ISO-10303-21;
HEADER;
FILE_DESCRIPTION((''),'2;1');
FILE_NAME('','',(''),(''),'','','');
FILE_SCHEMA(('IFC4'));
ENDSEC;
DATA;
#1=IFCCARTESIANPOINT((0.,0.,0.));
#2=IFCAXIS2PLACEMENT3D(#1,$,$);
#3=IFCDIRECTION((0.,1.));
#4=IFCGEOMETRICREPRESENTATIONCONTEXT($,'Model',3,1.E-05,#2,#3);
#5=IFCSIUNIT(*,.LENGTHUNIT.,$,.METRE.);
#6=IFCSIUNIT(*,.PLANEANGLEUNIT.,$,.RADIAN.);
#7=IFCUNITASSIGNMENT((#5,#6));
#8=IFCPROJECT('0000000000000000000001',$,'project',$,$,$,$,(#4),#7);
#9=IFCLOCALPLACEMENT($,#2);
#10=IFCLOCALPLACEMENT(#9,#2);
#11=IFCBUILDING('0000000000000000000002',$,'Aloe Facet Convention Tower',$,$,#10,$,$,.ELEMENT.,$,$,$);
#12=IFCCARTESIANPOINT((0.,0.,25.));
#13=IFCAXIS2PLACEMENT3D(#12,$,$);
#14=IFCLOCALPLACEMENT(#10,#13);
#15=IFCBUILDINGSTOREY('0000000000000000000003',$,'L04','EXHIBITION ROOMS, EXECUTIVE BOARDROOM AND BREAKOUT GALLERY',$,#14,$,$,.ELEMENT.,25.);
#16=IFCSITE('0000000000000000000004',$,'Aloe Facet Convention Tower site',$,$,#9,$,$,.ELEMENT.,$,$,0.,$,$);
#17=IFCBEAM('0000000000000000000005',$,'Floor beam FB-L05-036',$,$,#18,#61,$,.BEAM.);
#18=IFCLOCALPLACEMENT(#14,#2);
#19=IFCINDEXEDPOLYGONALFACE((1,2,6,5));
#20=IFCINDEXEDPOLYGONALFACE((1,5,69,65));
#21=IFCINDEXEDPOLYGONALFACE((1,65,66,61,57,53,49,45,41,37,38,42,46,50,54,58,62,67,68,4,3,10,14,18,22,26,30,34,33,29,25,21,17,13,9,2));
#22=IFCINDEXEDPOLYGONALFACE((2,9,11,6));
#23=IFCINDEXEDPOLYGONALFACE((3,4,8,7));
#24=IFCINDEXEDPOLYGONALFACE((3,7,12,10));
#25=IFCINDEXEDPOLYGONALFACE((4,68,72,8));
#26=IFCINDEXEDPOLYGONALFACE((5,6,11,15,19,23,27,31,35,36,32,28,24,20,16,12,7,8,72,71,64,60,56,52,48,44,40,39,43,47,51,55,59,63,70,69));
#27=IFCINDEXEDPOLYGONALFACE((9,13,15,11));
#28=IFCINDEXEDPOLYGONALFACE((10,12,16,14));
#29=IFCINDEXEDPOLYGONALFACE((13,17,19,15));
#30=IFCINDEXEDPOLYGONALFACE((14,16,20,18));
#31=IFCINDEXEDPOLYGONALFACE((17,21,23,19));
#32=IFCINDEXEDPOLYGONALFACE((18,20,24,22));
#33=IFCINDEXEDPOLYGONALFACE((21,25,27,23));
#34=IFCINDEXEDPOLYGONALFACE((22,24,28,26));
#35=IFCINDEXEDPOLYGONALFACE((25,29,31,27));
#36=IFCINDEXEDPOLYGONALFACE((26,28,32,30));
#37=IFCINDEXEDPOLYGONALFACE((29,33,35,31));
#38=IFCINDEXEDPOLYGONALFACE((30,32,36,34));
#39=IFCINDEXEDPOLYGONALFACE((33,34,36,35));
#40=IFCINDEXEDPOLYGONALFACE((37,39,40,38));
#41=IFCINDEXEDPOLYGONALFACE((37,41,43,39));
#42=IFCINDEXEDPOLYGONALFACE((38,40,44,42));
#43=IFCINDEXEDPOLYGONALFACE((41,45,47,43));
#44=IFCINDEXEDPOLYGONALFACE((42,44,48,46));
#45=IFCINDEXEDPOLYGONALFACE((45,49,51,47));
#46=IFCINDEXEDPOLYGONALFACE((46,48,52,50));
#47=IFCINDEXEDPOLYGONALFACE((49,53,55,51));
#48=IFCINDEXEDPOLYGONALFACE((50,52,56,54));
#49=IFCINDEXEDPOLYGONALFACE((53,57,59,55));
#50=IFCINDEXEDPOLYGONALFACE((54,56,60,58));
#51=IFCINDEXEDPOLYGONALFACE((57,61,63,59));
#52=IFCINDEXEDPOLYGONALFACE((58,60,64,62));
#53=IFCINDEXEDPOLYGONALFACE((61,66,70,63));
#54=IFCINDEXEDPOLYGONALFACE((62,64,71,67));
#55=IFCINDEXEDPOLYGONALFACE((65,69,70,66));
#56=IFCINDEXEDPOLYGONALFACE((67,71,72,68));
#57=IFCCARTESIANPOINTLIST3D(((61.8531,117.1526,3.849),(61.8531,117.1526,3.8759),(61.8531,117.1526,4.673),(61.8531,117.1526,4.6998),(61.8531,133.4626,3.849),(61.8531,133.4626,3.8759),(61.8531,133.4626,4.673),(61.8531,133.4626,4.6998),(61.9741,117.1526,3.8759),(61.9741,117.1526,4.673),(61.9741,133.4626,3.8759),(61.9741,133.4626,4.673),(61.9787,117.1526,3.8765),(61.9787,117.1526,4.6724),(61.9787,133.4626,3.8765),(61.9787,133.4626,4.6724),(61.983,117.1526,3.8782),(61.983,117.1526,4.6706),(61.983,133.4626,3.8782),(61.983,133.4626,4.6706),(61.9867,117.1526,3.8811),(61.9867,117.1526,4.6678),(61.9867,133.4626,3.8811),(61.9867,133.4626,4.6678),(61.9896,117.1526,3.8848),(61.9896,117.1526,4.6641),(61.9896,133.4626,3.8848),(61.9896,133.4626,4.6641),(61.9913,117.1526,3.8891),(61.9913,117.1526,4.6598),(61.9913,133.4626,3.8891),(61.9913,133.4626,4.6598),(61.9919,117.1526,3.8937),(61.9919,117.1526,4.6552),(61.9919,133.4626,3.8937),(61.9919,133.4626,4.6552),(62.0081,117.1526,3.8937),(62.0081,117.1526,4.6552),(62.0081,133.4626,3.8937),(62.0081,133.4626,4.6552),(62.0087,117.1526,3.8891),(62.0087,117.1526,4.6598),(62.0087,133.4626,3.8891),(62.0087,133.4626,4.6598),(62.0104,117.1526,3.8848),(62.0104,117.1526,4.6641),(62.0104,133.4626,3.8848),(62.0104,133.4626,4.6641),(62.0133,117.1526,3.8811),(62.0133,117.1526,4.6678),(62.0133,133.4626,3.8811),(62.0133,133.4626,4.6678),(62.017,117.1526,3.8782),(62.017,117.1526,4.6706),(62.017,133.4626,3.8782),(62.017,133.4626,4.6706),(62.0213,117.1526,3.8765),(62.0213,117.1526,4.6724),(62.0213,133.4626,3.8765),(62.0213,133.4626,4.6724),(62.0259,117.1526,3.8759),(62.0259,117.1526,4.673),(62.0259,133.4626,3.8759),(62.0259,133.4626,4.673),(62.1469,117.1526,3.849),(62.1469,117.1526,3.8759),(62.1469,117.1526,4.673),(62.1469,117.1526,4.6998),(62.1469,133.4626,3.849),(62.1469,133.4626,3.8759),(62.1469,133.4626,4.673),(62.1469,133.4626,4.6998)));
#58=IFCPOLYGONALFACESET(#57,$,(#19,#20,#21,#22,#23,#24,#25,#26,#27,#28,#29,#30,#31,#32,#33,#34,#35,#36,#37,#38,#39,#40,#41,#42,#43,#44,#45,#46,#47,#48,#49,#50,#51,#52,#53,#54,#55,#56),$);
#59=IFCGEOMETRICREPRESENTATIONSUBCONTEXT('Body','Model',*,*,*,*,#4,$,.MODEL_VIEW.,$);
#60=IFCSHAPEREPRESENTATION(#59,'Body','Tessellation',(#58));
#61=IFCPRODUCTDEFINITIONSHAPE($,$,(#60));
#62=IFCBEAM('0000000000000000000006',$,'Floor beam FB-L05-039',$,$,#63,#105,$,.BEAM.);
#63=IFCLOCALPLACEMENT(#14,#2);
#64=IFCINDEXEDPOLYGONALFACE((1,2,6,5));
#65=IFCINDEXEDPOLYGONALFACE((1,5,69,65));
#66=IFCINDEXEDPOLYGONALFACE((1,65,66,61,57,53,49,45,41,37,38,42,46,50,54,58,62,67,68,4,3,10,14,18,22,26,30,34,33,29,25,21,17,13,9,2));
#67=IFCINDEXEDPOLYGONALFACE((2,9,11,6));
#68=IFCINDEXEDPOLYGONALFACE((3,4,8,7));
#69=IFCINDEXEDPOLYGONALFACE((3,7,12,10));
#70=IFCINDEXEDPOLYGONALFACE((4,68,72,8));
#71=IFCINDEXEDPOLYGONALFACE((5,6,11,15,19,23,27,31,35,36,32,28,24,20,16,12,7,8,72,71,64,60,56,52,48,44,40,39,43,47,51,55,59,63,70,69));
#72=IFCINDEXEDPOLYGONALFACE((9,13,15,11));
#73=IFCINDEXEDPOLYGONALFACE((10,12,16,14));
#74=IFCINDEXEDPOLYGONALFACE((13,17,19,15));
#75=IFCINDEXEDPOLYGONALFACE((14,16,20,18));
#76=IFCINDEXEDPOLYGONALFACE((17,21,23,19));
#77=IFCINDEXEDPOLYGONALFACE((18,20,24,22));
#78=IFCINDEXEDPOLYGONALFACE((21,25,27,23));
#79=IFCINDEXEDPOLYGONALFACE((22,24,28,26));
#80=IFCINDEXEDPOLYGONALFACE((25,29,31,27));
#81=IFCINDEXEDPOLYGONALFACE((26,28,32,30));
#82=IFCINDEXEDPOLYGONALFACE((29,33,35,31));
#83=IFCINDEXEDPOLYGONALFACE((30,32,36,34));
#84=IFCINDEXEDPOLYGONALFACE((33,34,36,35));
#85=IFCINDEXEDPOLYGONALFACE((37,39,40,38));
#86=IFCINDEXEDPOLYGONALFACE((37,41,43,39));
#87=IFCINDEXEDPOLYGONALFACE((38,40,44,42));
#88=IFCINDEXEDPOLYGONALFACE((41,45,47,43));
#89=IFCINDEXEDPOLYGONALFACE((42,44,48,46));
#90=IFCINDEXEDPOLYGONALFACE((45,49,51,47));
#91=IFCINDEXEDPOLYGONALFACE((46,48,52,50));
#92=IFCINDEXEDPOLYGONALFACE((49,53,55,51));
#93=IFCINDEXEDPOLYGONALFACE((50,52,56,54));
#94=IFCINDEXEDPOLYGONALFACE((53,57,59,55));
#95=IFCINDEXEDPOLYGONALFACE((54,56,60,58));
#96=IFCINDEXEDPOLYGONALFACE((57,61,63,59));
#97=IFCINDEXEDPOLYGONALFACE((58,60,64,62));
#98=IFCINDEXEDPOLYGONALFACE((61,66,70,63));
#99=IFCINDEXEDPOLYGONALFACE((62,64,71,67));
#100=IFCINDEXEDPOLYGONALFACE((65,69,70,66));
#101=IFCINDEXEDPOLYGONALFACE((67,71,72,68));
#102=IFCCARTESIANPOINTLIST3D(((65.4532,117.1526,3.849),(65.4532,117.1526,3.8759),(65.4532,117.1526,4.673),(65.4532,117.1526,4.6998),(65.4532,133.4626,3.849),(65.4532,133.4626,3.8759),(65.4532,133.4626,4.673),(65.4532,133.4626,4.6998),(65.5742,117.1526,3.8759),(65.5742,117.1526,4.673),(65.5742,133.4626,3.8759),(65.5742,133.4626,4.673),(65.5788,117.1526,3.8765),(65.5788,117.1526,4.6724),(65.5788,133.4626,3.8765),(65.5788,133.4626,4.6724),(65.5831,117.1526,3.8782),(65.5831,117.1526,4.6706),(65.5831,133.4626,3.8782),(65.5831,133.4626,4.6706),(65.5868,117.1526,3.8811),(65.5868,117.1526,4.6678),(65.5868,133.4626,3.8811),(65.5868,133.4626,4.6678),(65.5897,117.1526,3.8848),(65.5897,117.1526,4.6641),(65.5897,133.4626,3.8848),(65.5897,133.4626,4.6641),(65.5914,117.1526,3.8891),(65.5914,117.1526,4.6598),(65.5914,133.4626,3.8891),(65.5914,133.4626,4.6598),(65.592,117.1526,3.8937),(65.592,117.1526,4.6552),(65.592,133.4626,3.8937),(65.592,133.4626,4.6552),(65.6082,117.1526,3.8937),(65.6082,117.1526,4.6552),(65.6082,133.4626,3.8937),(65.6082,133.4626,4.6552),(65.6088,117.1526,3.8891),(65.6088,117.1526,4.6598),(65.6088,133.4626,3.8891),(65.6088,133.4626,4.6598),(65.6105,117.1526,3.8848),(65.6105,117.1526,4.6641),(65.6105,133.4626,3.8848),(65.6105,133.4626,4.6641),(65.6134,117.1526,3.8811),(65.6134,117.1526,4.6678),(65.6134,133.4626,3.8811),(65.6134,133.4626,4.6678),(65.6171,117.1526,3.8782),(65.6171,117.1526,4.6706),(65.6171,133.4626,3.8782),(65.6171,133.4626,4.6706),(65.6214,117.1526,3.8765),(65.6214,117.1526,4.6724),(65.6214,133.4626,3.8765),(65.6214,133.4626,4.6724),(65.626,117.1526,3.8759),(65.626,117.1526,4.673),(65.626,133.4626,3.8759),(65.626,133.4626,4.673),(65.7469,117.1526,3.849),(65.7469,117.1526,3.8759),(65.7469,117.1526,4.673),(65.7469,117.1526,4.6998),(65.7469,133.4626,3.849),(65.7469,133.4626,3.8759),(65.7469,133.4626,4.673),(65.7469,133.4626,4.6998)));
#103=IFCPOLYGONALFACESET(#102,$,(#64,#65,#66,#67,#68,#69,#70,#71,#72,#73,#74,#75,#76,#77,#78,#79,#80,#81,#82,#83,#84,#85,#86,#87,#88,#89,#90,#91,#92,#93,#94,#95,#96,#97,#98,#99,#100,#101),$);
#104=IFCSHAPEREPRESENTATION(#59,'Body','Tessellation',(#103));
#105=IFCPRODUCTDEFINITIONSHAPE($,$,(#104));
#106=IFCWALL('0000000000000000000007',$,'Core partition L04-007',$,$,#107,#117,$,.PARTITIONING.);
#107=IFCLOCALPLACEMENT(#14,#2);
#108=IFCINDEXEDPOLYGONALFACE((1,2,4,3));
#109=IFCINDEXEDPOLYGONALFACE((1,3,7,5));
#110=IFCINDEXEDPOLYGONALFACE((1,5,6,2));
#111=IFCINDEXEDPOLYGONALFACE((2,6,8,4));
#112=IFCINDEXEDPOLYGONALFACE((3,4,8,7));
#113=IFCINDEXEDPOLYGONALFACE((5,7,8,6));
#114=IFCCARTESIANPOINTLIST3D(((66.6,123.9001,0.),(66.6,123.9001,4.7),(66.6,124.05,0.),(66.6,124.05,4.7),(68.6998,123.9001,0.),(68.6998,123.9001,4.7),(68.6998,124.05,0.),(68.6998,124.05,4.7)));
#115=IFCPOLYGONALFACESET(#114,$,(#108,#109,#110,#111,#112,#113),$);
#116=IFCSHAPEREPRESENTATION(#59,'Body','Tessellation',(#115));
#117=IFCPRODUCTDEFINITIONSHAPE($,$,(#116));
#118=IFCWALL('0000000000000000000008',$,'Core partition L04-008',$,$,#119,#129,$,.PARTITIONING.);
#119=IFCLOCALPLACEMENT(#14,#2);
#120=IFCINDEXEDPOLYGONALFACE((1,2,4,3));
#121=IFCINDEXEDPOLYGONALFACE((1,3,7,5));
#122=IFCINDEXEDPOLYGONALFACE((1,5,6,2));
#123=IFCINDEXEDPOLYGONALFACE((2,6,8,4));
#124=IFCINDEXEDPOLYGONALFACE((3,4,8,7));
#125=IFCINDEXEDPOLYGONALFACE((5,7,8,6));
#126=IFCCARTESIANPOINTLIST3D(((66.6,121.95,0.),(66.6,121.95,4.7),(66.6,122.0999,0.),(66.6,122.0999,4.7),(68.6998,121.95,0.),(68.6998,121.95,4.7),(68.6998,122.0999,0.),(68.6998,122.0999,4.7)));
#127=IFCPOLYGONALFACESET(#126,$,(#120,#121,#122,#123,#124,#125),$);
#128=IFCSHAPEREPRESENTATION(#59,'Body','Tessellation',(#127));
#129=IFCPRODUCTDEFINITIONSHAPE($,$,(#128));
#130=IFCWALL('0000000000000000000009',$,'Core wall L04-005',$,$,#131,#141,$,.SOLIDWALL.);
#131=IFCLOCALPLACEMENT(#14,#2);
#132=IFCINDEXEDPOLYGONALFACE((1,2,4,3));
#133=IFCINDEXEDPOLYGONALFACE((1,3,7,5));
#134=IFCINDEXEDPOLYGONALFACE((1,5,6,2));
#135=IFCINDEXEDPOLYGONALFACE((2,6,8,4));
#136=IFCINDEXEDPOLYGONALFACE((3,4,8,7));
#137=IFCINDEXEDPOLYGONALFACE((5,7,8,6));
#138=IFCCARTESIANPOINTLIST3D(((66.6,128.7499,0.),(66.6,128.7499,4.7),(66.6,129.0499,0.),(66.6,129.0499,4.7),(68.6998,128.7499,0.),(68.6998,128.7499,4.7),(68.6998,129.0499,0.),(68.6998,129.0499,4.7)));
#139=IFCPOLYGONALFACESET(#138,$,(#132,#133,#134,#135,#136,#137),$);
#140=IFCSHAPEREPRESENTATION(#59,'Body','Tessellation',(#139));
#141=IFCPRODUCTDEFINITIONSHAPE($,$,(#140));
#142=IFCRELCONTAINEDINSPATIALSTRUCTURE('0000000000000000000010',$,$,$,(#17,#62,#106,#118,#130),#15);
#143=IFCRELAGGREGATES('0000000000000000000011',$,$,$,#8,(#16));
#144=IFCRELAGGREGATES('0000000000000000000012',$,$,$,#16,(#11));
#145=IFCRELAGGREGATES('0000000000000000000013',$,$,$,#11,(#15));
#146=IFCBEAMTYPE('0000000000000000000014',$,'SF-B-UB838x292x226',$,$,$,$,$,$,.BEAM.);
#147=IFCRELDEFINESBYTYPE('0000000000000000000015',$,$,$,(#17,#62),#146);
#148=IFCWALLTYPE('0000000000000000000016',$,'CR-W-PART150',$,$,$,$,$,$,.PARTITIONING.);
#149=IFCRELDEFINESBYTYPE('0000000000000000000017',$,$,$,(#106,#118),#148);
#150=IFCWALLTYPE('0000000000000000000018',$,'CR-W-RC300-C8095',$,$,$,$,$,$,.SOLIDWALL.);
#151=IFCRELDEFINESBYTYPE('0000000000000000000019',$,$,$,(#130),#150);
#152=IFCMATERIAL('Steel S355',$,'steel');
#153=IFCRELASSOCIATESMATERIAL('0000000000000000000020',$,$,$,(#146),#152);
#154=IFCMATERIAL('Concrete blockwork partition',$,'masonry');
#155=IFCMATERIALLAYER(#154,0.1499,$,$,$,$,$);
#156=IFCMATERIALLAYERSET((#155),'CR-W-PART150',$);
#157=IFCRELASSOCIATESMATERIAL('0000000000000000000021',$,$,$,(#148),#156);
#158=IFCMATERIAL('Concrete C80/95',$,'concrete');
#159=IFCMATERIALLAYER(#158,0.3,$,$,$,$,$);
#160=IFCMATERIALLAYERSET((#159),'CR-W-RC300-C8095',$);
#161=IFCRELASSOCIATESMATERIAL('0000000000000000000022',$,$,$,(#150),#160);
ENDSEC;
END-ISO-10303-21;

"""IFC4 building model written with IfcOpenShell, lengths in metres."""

from ifc_helpers import new_model, si_unit, direction, frame, frame_2d, origin, origin_2d, place, context, subcontext, project, spatial, rectangle, i_section, extrude, material, layer, layer_set, material_profile, profile_set, type_object, element, save


model = new_model("IFC4")

# Units and contexts
model_context = context("Model", 3, precision=1e-05, world=origin(), true_north=direction((0.0, 1.0)))
body_context = subcontext(model_context, "Body", "Model", "MODEL_VIEW")
ifc_project = project(units=[si_unit("LENGTHUNIT", "METRE"), si_unit("PLANEANGLEUNIT", "RADIAN")], contexts=[model_context])

# Site, building, storey
site_placement = place(None, origin())
site = spatial("IfcSite", under=ifc_project, at=site_placement, Name="Aloe Facet Convention Tower site", CompositionType="ELEMENT", RefElevation=0.0)
building_placement = place(site_placement, origin())
building = spatial("IfcBuilding", under=site, at=building_placement, Name="Aloe Facet Convention Tower", CompositionType="ELEMENT")
storey_placement = place(building_placement, frame((0.0, 0.0, 25.0)))
storey = spatial("IfcBuildingStorey", under=building, at=storey_placement, Name="L04", Description="EXHIBITION ROOMS, EXECUTIVE BOARDROOM AND BREAKOUT GALLERY", CompositionType="ELEMENT", Elevation=25.0)

# Beams
ifc_material_1 = material(Name="Steel S355", Category="steel")
ifc_material_profile_1 = material_profile(ifc_material_1, i_section(OverallWidth=0.2937, OverallDepth=0.8508, WebThickness=0.0161, FlangeThickness=0.0269, FilletRadius=0.0178, at=origin_2d()), Name="UB 838x292x226")
ifc_profile_set_1 = profile_set([ifc_material_profile_1], Name="Steel S355")
beam_type_1 = type_object("IfcBeamType", Name="SF-B-UB838x292x226", PredefinedType="BEAM", material=ifc_profile_set_1)
for number, where, z_axis, x_axis, name in (
    (1, (62.0, 117.1526, 4.2744), (0.0, 1.0, 0.0), (-1.0, 0.0, 0.0), "Floor beam FB-L05-036"),
    (2, (65.6001, 117.1526, 4.2744), (0.0, 1.0, 0.0), (-1.0, 0.0, 0.0), "Floor beam FB-L05-039"),
):
    element("IfcBeam", number, at=place(storey_placement, frame(where, z_axis=z_axis, x_axis=x_axis)), inside=storey, type_object=beam_type_1, Name=name, PredefinedType="BEAM", context=body_context, shape_type="SweptSolid", body=[
        extrude(i_section(OverallWidth=0.2937, OverallDepth=0.8508, WebThickness=0.0161, FlangeThickness=0.0269, FilletRadius=0.0178, at=origin_2d()), origin(), (0.0, 0.0, 1.0), 16.3101),
    ])

# Walls
ifc_material_2 = material(Name="Concrete blockwork partition", Category="masonry")
ifc_layer_1 = layer(ifc_material_2, 0.1499)
ifc_layer_set_1 = layer_set([ifc_layer_1], Name="CR-W-PART150")
wall_type_1 = type_object("IfcWallType", Name="CR-W-PART150", PredefinedType="PARTITIONING", material=ifc_layer_set_1)
for number, where, z_axis, x_axis, name in (
    (3, (66.6001, 123.9751, 0.0), (0.0, 0.0, 1.0), (1.0, 0.0, 0.0), "Core partition L04-007"),
    (4, (66.6001, 122.0249, 0.0), (0.0, 0.0, 1.0), (1.0, 0.0, 0.0), "Core partition L04-008"),
):
    element("IfcWall", number, at=place(storey_placement, frame(where, z_axis=z_axis, x_axis=x_axis)), inside=storey, type_object=wall_type_1, Name=name, PredefinedType="PARTITIONING", context=body_context, shape_type="SweptSolid", body=[
        extrude(rectangle(XDim=2.0999, YDim=0.1499, at=frame_2d((1.0498, 0.0))), origin(), (0.0, 0.0, 1.0), 4.7),
    ])
ifc_material_3 = material(Name="Concrete C80/95", Category="concrete")
ifc_layer_2 = layer(ifc_material_3, 0.3)
ifc_layer_set_2 = layer_set([ifc_layer_2], Name="CR-W-RC300-C8095")
wall_type_2 = type_object("IfcWallType", Name="CR-W-RC300-C8095", PredefinedType="SOLIDWALL", material=ifc_layer_set_2)
wall_1_placement = place(storey_placement, frame((66.6001, 128.8999, 0.0), z_axis=(0.0, 0.0, 1.0), x_axis=(1.0, 0.0, 0.0)))
element("IfcWall", 5, at=wall_1_placement, inside=storey, type_object=wall_type_2, Name="Core wall L04-005", PredefinedType="SOLIDWALL", context=body_context, shape_type="SweptSolid", body=[
    extrude(rectangle(XDim=2.0999, YDim=0.3, at=frame_2d((1.0498, 0.0))), origin(), (0.0, 0.0, 1.0), 4.7),
])

save(model, "model.ifc")
